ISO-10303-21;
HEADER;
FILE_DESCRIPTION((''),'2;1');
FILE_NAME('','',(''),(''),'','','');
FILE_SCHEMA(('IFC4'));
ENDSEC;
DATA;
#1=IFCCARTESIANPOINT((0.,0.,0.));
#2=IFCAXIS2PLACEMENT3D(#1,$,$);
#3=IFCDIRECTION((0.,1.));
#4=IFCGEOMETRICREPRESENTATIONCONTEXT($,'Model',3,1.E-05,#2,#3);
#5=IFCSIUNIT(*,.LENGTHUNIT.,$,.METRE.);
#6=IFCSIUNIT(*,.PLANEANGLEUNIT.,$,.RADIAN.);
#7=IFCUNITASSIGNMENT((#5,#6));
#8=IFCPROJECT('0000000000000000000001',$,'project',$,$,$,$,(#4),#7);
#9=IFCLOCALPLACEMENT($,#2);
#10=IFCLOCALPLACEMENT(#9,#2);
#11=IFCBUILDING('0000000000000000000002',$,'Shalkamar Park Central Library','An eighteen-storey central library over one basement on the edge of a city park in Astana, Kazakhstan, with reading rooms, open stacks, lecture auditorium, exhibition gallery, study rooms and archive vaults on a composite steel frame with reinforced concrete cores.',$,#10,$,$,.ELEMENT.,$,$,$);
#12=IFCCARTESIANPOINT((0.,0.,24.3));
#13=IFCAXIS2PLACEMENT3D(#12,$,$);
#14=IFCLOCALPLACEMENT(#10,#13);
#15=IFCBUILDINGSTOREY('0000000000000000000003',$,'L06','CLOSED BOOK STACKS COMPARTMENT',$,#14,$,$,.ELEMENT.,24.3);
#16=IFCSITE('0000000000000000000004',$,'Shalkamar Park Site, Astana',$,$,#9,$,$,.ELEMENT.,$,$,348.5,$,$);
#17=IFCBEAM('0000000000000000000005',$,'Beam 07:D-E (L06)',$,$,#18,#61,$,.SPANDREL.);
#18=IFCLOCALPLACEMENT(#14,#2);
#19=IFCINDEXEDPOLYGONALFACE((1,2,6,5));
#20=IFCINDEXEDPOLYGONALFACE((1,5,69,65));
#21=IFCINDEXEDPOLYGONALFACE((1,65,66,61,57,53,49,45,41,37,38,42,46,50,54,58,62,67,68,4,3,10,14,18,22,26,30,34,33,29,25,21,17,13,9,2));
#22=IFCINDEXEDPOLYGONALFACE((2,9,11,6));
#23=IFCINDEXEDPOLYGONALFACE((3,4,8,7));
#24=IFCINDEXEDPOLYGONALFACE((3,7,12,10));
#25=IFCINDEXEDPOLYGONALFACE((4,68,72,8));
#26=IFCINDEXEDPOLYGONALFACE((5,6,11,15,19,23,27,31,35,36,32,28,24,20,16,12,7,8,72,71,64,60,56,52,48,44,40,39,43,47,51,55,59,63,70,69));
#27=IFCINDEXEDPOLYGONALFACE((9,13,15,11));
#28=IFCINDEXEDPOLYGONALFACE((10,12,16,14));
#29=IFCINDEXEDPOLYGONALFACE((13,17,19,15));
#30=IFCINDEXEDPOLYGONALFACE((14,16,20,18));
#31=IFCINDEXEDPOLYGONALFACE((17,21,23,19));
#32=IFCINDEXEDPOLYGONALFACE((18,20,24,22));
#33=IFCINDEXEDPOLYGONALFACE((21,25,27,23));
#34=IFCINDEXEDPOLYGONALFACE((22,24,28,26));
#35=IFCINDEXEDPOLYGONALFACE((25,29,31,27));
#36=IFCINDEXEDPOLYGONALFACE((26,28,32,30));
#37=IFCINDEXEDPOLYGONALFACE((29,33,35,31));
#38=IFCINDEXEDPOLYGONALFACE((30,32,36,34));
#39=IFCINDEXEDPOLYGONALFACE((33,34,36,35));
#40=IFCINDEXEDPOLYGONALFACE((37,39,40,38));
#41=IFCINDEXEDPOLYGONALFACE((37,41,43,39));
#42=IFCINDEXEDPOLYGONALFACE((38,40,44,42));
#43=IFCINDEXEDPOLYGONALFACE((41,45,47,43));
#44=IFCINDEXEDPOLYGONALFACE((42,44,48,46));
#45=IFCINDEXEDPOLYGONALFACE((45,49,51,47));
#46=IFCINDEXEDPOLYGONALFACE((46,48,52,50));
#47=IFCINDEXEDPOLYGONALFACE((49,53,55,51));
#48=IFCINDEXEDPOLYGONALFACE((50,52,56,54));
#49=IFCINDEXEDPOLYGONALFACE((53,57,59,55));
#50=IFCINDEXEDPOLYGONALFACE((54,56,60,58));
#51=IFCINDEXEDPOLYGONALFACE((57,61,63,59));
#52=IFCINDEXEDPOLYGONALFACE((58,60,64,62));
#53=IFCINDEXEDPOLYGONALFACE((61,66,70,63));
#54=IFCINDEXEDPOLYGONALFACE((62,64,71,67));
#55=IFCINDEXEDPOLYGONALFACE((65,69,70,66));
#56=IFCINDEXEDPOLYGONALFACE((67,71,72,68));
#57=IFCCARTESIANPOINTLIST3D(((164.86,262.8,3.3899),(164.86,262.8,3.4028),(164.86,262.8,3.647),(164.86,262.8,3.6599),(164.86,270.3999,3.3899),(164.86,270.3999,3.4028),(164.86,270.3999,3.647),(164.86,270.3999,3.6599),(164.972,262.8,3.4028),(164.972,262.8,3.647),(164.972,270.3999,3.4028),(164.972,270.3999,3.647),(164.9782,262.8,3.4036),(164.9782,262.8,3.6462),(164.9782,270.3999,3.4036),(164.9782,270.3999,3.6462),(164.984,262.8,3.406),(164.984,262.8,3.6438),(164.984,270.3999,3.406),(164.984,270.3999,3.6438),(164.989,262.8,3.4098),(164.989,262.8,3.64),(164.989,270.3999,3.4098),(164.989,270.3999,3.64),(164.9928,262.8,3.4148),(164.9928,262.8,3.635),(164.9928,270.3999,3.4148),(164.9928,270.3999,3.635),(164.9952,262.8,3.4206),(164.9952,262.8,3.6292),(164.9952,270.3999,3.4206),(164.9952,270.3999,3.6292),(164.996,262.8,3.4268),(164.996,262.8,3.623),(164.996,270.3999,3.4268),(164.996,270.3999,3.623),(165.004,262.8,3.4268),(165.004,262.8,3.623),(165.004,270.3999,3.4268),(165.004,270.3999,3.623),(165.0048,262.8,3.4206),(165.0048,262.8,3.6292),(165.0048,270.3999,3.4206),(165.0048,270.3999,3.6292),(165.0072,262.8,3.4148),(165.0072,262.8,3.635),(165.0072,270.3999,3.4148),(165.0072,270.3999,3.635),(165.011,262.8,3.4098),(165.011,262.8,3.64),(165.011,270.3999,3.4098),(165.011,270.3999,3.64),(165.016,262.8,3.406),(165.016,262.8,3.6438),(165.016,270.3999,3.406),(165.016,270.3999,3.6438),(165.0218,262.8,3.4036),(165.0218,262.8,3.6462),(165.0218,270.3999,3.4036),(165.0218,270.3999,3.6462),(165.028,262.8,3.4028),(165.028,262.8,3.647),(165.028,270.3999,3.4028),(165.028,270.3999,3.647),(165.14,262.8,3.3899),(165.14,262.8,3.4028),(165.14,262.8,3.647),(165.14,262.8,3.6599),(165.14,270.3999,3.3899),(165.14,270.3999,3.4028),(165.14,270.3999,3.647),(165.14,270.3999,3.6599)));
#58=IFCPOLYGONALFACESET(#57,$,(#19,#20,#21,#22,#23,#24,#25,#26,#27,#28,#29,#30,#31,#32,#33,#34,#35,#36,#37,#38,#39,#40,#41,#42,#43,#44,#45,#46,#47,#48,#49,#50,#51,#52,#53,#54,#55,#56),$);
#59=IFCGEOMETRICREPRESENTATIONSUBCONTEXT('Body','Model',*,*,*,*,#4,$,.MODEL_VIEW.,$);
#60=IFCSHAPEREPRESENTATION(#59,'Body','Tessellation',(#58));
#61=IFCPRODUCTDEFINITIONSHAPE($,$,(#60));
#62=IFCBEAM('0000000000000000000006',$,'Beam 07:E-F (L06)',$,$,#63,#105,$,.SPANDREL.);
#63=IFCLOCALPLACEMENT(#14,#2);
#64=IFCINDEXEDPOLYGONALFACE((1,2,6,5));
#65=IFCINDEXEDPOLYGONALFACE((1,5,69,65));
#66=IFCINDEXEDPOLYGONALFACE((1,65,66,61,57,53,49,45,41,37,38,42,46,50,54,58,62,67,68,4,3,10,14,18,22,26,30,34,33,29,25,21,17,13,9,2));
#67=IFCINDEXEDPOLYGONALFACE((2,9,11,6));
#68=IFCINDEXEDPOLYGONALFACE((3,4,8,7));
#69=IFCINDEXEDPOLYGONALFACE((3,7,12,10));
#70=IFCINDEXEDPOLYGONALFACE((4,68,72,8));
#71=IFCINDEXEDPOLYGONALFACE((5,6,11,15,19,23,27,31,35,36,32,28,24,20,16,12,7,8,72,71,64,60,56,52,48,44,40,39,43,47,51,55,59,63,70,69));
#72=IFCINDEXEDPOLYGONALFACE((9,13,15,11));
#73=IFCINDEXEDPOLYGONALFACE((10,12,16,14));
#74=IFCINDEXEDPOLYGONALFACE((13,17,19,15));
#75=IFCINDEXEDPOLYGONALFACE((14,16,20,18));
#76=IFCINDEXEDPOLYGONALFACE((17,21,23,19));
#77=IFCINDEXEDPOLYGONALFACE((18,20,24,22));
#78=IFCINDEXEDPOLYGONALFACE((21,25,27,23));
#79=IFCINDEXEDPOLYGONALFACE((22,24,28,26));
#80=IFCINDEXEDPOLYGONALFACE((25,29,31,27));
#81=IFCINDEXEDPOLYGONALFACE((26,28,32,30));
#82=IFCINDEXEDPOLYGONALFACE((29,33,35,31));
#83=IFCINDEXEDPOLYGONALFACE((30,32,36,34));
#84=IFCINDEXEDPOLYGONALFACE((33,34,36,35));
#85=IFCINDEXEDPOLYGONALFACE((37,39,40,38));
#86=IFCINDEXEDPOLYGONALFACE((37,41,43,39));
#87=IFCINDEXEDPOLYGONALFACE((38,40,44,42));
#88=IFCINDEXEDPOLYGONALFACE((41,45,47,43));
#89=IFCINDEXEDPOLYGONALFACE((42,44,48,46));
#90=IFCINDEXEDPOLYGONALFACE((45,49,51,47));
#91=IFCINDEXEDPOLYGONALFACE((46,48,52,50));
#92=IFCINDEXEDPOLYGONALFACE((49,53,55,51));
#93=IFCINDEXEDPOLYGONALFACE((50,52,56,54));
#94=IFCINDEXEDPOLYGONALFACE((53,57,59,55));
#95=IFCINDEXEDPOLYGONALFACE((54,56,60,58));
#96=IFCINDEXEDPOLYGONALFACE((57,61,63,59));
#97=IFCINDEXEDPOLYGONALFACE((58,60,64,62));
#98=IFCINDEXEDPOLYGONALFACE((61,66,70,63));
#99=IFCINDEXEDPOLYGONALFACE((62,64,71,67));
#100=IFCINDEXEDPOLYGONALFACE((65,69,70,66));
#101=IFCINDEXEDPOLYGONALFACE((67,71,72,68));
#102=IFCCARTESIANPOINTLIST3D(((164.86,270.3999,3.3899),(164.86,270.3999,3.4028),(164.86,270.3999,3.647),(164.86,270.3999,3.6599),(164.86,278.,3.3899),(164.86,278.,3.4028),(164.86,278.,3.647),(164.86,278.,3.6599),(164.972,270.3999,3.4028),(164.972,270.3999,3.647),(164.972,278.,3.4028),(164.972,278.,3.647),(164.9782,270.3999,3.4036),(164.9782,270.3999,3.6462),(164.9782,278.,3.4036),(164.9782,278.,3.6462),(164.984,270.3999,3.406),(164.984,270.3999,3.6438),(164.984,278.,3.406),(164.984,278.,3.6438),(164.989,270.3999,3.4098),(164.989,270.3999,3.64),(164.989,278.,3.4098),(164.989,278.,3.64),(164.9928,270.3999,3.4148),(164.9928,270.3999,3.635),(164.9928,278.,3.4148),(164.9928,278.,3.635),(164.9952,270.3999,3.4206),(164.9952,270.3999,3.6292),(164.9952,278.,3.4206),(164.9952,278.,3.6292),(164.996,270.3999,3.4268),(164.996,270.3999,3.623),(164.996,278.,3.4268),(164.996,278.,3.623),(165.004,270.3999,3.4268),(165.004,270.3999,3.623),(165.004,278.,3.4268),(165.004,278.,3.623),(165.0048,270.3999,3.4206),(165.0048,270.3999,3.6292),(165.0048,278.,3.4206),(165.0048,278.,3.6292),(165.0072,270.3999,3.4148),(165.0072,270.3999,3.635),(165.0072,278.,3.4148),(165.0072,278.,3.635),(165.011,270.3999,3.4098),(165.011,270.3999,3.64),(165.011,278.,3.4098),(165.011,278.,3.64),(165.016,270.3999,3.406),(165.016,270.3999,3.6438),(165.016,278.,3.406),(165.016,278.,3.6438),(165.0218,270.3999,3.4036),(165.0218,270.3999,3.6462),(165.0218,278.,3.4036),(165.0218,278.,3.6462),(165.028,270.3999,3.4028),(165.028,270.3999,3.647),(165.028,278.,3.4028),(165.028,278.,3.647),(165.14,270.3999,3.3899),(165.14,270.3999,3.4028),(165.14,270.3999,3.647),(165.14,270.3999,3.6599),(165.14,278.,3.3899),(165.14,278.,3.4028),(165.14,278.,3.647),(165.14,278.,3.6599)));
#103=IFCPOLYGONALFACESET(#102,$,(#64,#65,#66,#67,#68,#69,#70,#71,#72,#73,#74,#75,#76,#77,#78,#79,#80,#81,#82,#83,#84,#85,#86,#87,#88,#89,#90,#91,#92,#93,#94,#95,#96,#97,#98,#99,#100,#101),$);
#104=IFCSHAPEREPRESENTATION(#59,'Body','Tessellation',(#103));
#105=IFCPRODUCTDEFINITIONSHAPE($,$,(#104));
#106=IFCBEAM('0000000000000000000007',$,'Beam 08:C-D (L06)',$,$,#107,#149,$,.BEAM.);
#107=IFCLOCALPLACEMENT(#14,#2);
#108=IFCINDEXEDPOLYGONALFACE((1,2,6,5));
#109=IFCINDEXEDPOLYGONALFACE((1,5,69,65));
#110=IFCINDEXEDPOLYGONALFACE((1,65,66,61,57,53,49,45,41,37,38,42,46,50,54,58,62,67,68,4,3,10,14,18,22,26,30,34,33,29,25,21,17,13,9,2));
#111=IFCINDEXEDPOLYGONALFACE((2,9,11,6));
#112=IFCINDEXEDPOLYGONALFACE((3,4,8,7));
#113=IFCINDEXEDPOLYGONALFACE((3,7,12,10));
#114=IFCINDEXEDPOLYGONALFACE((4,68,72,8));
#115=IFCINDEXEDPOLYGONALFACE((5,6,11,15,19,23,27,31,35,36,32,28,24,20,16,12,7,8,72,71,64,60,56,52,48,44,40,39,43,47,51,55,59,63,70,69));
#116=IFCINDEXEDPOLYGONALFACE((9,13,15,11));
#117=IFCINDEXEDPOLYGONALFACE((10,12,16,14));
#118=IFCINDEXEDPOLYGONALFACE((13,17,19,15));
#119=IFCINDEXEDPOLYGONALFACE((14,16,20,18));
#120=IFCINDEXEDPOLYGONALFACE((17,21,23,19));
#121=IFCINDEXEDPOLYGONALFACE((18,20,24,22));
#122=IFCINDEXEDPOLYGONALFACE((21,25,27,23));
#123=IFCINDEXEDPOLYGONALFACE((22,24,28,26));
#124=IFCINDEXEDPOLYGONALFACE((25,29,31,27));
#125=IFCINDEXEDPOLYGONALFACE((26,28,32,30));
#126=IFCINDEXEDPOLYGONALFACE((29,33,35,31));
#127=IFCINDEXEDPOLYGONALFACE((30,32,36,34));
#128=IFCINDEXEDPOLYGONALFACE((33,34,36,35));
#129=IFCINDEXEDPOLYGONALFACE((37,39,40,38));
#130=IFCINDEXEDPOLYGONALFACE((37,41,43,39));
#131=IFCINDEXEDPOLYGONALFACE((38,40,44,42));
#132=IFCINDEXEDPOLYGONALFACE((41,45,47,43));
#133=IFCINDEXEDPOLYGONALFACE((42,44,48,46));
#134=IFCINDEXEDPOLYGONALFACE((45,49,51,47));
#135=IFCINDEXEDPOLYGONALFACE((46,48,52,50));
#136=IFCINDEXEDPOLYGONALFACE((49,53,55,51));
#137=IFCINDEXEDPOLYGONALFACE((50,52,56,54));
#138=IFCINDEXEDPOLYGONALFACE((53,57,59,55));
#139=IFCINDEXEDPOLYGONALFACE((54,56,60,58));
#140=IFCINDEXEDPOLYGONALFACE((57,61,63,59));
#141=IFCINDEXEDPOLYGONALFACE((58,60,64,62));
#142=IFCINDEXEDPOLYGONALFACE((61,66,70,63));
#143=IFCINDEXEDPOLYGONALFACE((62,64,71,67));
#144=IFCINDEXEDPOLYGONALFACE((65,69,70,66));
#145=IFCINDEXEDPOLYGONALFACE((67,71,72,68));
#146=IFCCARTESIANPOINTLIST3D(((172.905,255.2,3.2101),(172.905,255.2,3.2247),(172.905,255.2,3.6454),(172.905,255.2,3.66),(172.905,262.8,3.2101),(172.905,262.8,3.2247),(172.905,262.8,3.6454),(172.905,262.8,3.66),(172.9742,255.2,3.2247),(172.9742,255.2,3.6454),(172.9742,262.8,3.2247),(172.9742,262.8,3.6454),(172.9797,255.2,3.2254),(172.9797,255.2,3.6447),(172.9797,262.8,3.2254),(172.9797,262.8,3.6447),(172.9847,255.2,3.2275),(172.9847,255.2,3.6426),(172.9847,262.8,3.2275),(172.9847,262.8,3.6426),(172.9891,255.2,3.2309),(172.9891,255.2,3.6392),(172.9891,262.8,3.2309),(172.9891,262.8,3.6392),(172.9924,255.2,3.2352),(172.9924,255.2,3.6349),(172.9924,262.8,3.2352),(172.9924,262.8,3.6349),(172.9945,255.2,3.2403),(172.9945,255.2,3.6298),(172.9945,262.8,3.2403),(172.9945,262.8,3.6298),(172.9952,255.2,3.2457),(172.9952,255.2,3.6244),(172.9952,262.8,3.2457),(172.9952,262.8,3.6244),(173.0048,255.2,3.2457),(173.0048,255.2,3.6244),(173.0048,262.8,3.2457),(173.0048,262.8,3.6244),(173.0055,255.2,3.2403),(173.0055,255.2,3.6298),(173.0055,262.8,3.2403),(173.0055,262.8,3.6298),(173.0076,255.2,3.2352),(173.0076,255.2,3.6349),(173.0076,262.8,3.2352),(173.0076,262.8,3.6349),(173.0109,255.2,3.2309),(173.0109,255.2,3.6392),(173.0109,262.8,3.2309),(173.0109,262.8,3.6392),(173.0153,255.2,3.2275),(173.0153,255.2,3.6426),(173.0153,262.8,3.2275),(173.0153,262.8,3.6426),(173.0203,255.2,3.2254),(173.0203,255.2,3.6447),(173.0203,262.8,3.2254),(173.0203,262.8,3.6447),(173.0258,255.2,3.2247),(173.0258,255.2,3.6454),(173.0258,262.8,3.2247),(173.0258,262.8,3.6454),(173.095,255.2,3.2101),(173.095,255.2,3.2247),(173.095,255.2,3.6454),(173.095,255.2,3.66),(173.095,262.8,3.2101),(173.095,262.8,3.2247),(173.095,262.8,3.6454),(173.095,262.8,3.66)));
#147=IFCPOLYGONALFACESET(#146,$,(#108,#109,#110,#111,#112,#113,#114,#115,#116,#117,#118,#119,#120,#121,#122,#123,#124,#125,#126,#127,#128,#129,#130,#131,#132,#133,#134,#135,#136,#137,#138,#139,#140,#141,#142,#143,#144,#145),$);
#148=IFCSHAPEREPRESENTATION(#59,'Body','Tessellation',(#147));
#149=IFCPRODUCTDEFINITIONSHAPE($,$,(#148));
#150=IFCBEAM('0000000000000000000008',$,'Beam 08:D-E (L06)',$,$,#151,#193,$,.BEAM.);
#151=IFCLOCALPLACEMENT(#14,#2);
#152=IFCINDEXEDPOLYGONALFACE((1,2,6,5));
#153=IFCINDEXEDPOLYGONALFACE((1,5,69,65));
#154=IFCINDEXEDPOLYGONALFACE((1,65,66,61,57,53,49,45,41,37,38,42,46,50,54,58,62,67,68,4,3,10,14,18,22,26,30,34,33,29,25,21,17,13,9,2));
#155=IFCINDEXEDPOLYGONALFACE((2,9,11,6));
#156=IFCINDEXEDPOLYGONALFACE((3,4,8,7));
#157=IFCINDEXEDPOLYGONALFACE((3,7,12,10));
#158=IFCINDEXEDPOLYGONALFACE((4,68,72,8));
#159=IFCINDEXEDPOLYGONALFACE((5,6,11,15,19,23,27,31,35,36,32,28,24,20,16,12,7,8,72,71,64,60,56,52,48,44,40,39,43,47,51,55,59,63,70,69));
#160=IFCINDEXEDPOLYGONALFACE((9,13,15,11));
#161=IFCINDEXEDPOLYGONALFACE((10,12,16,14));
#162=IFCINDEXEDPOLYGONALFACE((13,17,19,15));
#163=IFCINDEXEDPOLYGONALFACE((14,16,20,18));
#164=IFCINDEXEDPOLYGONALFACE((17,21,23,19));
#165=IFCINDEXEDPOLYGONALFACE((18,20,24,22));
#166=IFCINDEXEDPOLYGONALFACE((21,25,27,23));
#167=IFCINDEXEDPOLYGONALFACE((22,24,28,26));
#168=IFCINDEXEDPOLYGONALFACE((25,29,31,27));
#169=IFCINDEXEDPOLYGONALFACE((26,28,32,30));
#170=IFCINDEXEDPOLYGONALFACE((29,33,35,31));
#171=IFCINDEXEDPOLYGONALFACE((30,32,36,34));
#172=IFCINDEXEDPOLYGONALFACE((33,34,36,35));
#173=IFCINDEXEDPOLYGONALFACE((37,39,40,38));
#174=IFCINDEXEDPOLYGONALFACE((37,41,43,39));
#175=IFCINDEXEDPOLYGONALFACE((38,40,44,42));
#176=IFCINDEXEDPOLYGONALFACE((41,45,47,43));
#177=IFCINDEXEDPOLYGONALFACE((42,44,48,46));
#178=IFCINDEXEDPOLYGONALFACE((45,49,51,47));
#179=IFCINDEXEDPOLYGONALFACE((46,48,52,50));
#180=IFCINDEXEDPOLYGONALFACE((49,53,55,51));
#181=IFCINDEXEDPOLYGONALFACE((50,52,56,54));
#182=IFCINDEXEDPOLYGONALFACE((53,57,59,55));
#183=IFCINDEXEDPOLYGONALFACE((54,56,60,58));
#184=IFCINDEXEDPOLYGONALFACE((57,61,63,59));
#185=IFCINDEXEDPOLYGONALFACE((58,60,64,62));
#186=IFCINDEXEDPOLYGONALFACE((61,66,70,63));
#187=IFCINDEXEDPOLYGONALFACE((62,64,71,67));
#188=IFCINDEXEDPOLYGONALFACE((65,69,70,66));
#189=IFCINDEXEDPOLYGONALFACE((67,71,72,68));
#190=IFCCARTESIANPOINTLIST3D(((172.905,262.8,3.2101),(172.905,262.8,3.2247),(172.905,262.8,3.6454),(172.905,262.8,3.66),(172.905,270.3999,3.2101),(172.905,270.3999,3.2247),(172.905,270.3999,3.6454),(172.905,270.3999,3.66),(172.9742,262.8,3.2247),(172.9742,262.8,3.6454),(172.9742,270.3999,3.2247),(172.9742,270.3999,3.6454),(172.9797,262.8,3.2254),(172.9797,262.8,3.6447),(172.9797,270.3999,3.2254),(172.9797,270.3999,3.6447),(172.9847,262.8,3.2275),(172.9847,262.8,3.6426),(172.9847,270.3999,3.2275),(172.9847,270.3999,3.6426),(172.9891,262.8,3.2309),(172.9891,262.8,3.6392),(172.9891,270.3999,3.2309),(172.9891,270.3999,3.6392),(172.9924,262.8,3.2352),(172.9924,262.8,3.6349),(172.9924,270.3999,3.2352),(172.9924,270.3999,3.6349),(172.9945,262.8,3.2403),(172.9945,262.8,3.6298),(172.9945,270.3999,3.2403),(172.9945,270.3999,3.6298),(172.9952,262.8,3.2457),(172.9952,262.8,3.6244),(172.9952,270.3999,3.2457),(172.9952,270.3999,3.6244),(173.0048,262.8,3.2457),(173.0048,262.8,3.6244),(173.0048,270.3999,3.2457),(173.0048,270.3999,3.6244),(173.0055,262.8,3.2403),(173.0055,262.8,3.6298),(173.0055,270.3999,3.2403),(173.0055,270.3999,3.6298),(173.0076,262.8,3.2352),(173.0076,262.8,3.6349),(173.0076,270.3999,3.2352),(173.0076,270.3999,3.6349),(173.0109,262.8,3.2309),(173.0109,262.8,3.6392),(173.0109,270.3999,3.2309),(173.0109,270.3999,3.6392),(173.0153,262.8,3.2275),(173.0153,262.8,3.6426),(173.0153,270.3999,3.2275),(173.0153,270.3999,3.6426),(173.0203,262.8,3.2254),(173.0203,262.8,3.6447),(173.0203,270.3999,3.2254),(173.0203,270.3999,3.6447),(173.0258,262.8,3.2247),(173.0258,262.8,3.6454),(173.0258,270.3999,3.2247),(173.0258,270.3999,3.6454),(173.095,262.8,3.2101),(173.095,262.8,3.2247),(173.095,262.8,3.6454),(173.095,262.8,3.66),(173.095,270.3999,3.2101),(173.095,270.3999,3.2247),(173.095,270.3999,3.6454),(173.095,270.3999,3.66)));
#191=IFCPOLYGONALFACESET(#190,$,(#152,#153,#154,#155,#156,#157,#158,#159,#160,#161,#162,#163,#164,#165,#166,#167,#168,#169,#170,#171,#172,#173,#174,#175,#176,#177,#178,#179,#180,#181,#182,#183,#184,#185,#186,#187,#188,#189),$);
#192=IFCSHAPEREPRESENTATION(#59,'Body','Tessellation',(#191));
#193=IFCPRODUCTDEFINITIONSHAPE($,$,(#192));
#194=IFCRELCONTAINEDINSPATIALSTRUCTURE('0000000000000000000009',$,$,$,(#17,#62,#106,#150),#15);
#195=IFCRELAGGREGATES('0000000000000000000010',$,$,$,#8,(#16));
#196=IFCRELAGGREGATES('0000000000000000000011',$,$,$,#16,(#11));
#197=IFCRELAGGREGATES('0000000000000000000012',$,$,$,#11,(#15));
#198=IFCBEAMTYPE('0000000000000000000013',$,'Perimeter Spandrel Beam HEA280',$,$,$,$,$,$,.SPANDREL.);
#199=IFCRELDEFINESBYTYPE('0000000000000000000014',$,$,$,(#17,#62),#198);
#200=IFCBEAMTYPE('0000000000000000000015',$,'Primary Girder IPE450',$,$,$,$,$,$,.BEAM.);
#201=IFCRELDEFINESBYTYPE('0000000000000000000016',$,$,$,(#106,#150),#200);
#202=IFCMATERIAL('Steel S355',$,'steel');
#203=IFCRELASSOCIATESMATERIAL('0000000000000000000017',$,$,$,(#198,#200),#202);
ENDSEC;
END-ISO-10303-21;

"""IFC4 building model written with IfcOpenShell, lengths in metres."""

from ifc_helpers import new_model, si_unit, direction, frame, origin, origin_2d, place, context, subcontext, project, spatial, i_section, extrude, material, material_profile, profile_set, type_object, element, save


model = new_model("IFC4")

# Units and contexts
model_context = context("Model", 3, precision=1e-05, world=origin(), true_north=direction((0.0, 1.0)))
body_context = subcontext(model_context, "Body", "Model", "MODEL_VIEW")
ifc_project = project(units=[si_unit("LENGTHUNIT", "METRE"), si_unit("PLANEANGLEUNIT", "RADIAN")], contexts=[model_context])

# Site, building, storey
site_placement = place(None, origin())
site = spatial("IfcSite", under=ifc_project, at=site_placement, Name="Shalkamar Park Site, Astana", CompositionType="ELEMENT", RefElevation=348.5)
building_placement = place(site_placement, origin())
building = spatial("IfcBuilding", under=site, at=building_placement, Name="Shalkamar Park Central Library", Description="An eighteen-storey central library over one basement on the edge of a city park in Astana, Kazakhstan, with reading rooms, open stacks, lecture auditorium, exhibition gallery, study rooms and archive vaults on a composite steel frame with reinforced concrete cores.", CompositionType="ELEMENT")
storey_placement = place(building_placement, frame((0.0, 0.0, 24.3)))
storey = spatial("IfcBuildingStorey", under=building, at=storey_placement, Name="L06", Description="CLOSED BOOK STACKS COMPARTMENT", CompositionType="ELEMENT", Elevation=24.3)

# Shared definitions
ifc_material_1 = material(Name="Steel S355", Category="steel")

# Beams
ifc_material_profile_1 = material_profile(ifc_material_1, i_section(OverallWidth=0.28, OverallDepth=0.27, WebThickness=0.0081, FlangeThickness=0.0129, FilletRadius=0.0239, at=origin_2d()), Name="HEA 280")
ifc_profile_set_1 = profile_set([ifc_material_profile_1], Name="Steel S355")
beam_type_1 = type_object("IfcBeamType", Name="Perimeter Spandrel Beam HEA280", PredefinedType="SPANDREL", material=ifc_profile_set_1)
beam_1_placement = place(storey_placement, frame((165.0, 262.8, 3.5249), z_axis=(0.0, 1.0, 0.0), x_axis=(-1.0, 0.0, 0.0)))
element("IfcBeam", 1, at=beam_1_placement, inside=storey, type_object=beam_type_1, Name="Beam 07:D-E (L06)", PredefinedType="SPANDREL", context=body_context, shape_type="SweptSolid", body=[
    extrude(i_section(OverallWidth=0.28, OverallDepth=0.27, WebThickness=0.0081, FlangeThickness=0.0129, FilletRadius=0.0239, at=origin_2d()), origin(), (0.0, 0.0, 1.0), 7.5999),
])
beam_2_placement = place(storey_placement, frame((165.0, 270.3999, 3.5249), z_axis=(0.0, 1.0, 0.0), x_axis=(-1.0, 0.0, 0.0)))
element("IfcBeam", 2, at=beam_2_placement, inside=storey, type_object=beam_type_1, Name="Beam 07:E-F (L06)", PredefinedType="SPANDREL", context=body_context, shape_type="SweptSolid", body=[
    extrude(i_section(OverallWidth=0.28, OverallDepth=0.27, WebThickness=0.0081, FlangeThickness=0.0129, FilletRadius=0.0239, at=origin_2d()), origin(), (0.0, 0.0, 1.0), 7.6001),
])
ifc_material_profile_2 = material_profile(ifc_material_1, i_section(OverallWidth=0.1899, OverallDepth=0.45, WebThickness=0.0095, FlangeThickness=0.0146, FilletRadius=0.021, at=origin_2d()), Name="IPE 450")
ifc_profile_set_2 = profile_set([ifc_material_profile_2], Name="Steel S355")
beam_type_2 = type_object("IfcBeamType", Name="Primary Girder IPE450", PredefinedType="BEAM", material=ifc_profile_set_2)
beam_3_placement = place(storey_placement, frame((173.0, 255.2, 3.4351), z_axis=(0.0, 1.0, 0.0), x_axis=(-1.0, 0.0, 0.0)))
element("IfcBeam", 3, at=beam_3_placement, inside=storey, type_object=beam_type_2, Name="Beam 08:C-D (L06)", PredefinedType="BEAM", context=body_context, shape_type="SweptSolid", body=[
    extrude(i_section(OverallWidth=0.1899, OverallDepth=0.45, WebThickness=0.0095, FlangeThickness=0.0146, FilletRadius=0.021, at=origin_2d()), origin(), (0.0, 0.0, 1.0), 7.6001),
])
beam_4_placement = place(storey_placement, frame((173.0, 262.8, 3.4351), z_axis=(0.0, 1.0, 0.0), x_axis=(-1.0, 0.0, 0.0)))
element("IfcBeam", 4, at=beam_4_placement, inside=storey, type_object=beam_type_2, Name="Beam 08:D-E (L06)", PredefinedType="BEAM", context=body_context, shape_type="SweptSolid", body=[
    extrude(i_section(OverallWidth=0.1899, OverallDepth=0.45, WebThickness=0.0095, FlangeThickness=0.0146, FilletRadius=0.021, at=origin_2d()), origin(), (0.0, 0.0, 1.0), 7.5999),
])

save(model, "model.ifc")
